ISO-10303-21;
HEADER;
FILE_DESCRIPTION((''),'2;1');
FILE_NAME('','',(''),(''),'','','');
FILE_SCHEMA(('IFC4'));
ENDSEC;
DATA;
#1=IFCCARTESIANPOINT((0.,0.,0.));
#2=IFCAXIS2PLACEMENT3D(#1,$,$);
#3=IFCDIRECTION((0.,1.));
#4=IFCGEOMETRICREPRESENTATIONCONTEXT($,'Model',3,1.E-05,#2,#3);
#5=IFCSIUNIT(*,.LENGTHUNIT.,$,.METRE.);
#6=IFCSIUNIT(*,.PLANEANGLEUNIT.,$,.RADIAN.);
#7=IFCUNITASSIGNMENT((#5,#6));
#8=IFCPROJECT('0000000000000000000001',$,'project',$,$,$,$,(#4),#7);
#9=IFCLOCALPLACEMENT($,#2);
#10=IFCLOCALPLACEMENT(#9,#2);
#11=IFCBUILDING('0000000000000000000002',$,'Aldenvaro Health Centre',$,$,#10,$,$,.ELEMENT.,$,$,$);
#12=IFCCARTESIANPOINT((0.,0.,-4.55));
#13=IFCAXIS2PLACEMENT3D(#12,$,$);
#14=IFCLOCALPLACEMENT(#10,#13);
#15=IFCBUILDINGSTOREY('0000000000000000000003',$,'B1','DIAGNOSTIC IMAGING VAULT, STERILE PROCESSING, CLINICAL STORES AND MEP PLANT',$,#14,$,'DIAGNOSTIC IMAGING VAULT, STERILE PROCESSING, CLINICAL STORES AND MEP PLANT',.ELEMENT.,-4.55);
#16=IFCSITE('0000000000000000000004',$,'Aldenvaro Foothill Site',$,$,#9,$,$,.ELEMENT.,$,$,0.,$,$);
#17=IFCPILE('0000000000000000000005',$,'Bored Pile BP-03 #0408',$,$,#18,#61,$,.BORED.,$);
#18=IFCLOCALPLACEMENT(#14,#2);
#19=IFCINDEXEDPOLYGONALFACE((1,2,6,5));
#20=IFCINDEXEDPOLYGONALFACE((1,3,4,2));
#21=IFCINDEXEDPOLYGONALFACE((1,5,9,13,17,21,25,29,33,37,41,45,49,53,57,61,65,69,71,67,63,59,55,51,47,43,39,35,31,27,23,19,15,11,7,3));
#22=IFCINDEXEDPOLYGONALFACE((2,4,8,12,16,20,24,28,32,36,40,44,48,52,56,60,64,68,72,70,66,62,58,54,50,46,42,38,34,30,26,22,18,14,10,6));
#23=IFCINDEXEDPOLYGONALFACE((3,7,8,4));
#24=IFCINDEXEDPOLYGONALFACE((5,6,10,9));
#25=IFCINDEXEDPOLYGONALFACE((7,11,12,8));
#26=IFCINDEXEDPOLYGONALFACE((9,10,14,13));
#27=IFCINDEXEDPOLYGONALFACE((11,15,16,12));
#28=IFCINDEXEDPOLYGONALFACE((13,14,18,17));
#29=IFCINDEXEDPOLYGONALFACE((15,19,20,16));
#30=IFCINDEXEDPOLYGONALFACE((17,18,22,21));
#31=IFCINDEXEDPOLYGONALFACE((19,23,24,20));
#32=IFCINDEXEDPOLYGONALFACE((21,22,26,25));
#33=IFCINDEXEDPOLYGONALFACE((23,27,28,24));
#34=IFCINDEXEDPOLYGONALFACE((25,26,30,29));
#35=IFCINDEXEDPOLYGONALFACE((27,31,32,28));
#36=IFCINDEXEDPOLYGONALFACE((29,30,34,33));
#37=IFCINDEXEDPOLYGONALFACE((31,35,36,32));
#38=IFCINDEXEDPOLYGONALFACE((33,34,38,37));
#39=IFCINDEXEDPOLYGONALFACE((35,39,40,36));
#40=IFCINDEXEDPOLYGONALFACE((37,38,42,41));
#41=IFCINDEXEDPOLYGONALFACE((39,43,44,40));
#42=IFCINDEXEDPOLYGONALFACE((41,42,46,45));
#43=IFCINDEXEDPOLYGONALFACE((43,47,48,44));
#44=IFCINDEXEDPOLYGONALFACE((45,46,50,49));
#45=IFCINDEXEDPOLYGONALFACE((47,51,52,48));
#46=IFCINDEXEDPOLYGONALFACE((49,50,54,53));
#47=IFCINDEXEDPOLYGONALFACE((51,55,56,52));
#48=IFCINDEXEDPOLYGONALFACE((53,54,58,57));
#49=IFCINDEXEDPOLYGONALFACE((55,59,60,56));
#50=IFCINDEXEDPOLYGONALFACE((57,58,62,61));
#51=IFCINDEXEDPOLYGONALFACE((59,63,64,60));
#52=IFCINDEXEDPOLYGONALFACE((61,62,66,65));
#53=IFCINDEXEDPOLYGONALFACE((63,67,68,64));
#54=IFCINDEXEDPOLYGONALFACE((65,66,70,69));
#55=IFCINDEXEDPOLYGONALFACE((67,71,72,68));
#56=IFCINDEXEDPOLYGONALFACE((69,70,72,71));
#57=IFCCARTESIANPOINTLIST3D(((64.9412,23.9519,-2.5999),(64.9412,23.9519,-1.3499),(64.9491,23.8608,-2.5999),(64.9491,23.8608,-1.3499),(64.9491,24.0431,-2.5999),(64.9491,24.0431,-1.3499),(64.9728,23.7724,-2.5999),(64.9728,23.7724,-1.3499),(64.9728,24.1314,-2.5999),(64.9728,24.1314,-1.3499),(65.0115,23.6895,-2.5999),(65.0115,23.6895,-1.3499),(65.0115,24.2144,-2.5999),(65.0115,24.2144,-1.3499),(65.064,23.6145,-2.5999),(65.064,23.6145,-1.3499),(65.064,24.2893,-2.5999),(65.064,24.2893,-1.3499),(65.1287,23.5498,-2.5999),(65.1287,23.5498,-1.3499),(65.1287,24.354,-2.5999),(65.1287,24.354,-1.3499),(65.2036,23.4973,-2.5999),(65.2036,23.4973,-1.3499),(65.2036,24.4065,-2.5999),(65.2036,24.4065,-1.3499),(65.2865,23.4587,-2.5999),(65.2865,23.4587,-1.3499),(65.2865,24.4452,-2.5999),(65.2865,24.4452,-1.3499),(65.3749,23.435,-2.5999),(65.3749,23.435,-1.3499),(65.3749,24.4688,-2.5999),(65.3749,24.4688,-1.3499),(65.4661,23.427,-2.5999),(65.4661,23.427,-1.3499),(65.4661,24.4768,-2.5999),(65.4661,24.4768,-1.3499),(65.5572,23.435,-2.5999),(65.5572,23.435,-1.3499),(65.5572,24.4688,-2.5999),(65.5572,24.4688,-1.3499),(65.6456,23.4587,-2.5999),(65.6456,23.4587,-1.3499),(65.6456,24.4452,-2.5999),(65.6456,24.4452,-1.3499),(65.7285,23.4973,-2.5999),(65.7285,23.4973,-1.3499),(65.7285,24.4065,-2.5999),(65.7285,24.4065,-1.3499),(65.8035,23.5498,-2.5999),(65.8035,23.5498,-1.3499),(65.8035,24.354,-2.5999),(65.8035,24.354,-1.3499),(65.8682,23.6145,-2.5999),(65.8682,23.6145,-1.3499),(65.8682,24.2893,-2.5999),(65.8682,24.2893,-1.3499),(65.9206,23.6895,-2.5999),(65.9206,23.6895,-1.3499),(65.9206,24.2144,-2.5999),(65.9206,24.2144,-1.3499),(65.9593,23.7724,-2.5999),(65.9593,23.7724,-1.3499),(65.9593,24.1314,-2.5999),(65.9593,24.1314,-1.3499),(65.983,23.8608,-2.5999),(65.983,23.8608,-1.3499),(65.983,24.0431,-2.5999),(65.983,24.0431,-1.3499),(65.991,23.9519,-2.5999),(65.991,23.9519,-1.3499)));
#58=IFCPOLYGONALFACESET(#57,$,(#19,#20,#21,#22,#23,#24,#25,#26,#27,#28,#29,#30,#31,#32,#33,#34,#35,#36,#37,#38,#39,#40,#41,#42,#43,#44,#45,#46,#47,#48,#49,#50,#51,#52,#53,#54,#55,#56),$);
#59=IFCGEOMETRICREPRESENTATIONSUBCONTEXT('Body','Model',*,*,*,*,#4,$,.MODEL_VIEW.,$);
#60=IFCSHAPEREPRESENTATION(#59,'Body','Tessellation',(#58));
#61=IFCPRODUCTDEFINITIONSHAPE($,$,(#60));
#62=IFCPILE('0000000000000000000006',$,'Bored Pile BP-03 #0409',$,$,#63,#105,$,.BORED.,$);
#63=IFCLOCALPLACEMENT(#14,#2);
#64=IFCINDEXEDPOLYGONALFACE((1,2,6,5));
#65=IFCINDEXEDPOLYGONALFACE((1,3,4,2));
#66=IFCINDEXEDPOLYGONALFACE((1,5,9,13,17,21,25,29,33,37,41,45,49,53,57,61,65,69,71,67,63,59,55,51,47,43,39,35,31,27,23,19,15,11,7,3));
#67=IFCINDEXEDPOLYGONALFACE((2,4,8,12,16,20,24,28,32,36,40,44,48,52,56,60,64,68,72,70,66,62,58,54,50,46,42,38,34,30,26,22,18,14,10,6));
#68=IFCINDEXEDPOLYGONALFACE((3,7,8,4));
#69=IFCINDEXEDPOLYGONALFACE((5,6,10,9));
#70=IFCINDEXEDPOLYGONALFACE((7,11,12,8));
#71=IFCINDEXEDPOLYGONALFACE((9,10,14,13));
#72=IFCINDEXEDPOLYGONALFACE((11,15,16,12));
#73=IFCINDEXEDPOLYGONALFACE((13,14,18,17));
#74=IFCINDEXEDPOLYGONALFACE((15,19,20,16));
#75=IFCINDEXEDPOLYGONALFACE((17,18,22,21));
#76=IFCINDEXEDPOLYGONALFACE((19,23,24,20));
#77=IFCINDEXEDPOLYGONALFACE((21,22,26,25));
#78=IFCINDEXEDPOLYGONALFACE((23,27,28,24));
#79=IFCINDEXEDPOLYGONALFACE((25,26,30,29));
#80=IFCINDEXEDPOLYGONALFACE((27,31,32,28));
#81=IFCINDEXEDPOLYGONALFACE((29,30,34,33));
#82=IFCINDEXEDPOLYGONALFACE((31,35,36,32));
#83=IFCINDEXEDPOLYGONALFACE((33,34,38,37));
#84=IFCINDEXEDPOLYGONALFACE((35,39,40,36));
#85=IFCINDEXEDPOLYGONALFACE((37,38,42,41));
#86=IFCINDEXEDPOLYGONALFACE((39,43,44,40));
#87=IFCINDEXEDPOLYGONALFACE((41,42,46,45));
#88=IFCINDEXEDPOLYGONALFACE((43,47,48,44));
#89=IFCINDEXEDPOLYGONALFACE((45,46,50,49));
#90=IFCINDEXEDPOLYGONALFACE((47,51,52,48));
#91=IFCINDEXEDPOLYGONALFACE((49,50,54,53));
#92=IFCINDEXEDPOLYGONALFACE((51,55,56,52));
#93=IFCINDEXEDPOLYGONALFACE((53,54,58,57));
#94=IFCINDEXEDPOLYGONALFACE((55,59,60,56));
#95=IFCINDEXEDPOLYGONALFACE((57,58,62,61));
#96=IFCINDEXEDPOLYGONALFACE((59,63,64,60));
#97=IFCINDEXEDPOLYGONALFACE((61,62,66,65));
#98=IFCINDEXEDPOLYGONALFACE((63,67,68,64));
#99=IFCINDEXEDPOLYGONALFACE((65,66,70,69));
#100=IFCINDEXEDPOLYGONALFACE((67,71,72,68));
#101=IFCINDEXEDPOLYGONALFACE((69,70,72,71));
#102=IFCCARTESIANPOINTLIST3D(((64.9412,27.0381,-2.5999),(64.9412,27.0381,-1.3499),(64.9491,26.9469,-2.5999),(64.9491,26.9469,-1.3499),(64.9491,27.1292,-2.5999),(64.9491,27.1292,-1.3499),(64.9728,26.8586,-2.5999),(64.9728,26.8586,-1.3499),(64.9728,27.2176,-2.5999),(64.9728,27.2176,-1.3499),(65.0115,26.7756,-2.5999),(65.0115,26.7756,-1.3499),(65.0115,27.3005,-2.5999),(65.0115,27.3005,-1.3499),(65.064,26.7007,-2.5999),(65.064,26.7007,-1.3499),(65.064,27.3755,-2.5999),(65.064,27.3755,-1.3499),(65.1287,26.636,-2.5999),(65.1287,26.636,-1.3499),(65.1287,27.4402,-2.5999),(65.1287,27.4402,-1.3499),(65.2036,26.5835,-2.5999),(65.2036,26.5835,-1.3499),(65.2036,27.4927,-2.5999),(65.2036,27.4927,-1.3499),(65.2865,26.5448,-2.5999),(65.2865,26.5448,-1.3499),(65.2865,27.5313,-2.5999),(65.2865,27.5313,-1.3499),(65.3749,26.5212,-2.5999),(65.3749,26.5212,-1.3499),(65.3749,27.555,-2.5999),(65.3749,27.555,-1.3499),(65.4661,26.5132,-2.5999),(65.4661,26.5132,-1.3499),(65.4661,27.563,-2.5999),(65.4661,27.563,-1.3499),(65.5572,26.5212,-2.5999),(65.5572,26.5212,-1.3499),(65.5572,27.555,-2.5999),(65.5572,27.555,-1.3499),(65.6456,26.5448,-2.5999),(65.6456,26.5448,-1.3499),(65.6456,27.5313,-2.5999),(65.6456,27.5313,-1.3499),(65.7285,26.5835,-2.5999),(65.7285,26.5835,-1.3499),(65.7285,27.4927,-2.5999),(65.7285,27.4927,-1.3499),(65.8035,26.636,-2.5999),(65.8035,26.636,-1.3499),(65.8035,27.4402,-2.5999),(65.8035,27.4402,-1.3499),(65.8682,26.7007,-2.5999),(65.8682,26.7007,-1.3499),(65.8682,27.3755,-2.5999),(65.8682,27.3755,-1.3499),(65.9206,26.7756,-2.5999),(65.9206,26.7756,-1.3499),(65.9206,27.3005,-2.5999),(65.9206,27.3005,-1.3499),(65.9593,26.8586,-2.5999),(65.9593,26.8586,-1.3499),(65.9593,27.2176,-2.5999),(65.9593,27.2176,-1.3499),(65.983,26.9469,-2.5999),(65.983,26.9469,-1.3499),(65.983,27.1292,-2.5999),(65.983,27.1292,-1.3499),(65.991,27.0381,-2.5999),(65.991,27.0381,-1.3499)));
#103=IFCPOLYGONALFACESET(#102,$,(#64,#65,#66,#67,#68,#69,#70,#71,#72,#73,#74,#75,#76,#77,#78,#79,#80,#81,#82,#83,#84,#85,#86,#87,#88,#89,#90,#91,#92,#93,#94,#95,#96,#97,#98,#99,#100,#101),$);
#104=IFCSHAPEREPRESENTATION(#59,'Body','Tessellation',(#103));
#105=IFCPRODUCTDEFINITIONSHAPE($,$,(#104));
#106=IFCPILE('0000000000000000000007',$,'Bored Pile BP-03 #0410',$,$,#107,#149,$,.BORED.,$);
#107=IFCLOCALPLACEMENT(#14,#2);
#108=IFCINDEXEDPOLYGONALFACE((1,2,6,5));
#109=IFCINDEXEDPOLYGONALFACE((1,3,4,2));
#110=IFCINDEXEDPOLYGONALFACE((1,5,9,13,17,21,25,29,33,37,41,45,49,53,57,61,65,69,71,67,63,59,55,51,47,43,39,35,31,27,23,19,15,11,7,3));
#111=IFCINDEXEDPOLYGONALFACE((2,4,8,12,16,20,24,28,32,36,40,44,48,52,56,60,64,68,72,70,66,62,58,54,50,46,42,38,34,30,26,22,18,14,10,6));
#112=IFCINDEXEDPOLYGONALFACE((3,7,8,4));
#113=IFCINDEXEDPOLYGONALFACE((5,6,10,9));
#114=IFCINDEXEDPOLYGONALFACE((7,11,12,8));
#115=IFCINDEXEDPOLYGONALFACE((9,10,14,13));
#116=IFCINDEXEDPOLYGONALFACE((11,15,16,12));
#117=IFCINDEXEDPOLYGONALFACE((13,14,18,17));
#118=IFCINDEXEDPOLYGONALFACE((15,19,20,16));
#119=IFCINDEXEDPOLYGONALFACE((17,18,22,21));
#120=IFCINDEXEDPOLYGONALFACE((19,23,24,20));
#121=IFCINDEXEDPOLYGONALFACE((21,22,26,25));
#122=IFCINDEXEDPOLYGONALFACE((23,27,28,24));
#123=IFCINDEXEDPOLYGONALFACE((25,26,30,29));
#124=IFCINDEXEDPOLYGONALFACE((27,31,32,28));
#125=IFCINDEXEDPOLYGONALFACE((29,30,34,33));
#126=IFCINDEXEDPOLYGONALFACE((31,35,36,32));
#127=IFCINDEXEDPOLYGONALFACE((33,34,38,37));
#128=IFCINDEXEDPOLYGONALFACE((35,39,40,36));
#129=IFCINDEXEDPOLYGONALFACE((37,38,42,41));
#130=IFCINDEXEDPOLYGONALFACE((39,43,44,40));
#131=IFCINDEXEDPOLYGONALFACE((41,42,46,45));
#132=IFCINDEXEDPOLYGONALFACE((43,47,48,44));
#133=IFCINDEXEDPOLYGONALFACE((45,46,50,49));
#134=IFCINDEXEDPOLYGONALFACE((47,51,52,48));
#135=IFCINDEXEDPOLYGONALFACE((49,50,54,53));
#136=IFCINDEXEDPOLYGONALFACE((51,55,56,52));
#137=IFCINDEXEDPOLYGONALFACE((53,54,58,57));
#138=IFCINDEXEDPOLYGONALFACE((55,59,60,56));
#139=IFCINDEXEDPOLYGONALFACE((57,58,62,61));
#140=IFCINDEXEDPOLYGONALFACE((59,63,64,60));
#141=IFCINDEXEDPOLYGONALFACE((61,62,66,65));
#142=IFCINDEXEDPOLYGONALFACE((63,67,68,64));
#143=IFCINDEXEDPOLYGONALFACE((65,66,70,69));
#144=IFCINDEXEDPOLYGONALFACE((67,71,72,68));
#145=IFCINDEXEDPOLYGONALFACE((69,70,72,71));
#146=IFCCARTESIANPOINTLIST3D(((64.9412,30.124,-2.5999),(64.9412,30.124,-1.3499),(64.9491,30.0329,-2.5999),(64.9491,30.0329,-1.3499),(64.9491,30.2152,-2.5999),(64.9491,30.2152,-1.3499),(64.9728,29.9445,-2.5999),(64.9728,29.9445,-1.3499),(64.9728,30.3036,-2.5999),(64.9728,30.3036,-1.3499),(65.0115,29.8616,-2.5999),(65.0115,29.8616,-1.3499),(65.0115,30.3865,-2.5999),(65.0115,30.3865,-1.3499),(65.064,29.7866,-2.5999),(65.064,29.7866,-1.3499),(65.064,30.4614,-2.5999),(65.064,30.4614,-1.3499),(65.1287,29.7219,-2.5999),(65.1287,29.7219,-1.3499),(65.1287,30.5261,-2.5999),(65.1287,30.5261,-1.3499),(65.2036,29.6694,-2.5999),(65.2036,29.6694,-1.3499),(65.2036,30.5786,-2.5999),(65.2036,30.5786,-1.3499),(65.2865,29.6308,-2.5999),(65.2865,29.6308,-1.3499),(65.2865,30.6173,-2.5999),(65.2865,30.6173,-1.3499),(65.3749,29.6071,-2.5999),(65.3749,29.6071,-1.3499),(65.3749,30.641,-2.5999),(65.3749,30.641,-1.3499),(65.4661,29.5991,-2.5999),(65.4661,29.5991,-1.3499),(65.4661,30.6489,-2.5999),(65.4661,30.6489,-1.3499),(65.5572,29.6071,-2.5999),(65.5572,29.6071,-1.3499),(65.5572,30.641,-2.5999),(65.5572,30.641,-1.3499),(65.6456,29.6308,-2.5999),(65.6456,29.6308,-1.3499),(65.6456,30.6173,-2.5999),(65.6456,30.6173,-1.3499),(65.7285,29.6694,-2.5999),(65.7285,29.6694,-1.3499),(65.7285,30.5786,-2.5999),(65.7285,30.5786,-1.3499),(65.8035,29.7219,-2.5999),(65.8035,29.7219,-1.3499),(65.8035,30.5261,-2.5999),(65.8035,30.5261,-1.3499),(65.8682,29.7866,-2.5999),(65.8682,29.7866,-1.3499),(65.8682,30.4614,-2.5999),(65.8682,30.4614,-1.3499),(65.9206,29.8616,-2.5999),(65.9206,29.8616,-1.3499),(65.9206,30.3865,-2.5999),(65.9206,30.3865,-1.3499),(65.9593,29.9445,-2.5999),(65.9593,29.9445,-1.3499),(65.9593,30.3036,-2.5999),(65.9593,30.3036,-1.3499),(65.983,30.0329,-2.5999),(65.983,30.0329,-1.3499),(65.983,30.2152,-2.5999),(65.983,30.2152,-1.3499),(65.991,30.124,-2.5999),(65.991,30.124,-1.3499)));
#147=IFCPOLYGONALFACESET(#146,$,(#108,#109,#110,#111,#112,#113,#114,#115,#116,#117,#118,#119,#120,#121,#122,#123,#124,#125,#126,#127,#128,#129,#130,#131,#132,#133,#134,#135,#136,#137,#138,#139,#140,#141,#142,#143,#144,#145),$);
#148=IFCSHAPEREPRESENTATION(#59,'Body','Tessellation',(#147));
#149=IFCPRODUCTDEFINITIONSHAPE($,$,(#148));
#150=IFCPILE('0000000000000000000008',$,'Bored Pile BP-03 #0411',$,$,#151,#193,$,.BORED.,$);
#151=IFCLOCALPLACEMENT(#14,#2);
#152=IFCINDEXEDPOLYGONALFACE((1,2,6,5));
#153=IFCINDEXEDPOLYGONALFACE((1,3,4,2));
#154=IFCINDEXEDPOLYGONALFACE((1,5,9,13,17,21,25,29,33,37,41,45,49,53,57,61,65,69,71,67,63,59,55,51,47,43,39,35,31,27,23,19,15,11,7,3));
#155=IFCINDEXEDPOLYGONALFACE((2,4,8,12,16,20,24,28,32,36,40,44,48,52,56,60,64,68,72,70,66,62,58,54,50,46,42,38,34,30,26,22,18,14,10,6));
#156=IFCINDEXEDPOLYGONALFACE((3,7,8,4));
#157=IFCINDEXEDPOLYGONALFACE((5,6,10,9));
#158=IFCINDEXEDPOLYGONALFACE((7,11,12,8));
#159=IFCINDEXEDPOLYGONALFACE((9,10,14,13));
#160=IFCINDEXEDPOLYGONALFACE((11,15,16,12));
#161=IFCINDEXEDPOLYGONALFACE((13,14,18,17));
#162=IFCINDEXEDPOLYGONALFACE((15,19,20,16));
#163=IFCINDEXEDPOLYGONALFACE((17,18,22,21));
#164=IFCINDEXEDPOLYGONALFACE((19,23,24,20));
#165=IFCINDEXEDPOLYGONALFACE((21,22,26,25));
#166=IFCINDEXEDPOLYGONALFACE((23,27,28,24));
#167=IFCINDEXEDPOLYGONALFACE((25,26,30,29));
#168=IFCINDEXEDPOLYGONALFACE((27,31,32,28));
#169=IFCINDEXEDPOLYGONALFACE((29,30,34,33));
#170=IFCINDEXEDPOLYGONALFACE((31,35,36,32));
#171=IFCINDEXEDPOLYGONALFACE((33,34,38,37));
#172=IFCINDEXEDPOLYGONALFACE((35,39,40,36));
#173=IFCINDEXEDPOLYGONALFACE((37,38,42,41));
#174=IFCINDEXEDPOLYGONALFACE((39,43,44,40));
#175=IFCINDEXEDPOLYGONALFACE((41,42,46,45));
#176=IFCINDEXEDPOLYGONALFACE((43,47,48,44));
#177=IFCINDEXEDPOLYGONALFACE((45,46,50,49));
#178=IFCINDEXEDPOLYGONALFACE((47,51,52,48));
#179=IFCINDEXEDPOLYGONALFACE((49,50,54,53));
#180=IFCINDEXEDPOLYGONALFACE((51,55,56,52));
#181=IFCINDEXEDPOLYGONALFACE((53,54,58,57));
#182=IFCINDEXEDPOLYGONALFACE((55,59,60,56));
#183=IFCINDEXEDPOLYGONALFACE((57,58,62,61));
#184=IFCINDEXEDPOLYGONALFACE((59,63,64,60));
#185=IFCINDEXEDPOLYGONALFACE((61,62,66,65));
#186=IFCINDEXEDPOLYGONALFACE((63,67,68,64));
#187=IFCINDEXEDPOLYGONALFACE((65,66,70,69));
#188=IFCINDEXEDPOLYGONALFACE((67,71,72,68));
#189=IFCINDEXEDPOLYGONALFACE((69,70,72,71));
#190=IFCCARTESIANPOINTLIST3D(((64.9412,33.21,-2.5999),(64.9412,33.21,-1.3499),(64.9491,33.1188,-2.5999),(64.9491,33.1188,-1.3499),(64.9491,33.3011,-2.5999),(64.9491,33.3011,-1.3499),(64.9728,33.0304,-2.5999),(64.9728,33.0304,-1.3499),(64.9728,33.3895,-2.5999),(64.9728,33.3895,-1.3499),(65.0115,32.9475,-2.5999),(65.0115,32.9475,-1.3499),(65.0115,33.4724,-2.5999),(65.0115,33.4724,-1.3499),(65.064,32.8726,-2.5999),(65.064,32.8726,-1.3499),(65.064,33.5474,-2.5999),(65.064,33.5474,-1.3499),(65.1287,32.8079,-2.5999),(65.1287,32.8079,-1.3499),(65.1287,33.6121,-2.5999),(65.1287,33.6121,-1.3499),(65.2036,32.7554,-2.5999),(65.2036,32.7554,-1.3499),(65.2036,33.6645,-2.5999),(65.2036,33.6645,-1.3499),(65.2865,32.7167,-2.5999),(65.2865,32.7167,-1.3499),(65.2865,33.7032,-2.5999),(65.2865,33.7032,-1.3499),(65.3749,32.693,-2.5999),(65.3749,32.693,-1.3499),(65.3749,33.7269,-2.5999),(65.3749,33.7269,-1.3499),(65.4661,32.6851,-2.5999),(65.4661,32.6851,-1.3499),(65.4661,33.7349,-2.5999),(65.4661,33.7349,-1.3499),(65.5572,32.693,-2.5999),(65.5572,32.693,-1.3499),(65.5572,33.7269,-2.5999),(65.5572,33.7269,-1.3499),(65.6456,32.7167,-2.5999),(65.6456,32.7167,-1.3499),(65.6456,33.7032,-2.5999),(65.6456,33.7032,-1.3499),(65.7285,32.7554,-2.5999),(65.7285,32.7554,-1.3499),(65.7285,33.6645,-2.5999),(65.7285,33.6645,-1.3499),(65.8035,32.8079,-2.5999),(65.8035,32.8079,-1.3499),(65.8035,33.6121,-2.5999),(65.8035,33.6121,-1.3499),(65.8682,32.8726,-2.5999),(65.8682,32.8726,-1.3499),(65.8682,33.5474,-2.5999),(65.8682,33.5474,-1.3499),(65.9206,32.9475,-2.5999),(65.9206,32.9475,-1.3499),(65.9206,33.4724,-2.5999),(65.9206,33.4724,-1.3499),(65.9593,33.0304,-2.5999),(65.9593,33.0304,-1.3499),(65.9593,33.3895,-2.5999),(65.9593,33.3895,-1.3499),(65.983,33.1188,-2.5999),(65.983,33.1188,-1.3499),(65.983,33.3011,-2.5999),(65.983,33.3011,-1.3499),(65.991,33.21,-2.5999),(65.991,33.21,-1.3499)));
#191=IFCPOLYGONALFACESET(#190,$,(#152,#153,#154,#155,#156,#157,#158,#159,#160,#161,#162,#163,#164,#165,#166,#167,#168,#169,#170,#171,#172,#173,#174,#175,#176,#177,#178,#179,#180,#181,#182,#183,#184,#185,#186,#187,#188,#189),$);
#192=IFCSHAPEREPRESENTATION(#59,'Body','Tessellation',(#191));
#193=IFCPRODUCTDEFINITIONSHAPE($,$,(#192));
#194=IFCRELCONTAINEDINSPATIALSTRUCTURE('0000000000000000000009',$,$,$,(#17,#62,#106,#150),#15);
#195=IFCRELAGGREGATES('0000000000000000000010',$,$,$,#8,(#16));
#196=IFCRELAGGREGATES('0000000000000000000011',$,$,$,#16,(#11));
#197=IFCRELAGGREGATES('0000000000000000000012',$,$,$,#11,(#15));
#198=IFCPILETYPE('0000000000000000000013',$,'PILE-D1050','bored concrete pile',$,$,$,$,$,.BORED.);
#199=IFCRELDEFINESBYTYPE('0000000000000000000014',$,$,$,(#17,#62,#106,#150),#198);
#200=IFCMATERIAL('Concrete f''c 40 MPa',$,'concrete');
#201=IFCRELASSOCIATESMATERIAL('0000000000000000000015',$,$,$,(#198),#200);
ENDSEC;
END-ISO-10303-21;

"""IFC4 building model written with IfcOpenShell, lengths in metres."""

from ifc_helpers import new_model, si_unit, direction, frame, origin, origin_2d, place, context, subcontext, project, spatial, circle, extrude, material, material_profile, profile_set, type_object, element, save


model = new_model("IFC4")

# Units and contexts
model_context = context("Model", 3, precision=1e-05, world=origin(), true_north=direction((0.0, 1.0)))
body_context = subcontext(model_context, "Body", "Model", "MODEL_VIEW")
ifc_project = project(units=[si_unit("LENGTHUNIT", "METRE"), si_unit("PLANEANGLEUNIT", "RADIAN")], contexts=[model_context])

# Site, building, storey
site_placement = place(None, origin())
site = spatial("IfcSite", under=ifc_project, at=site_placement, Name="Aldenvaro Foothill Site", CompositionType="ELEMENT", RefElevation=0.0)
building_placement = place(site_placement, origin())
building = spatial("IfcBuilding", under=site, at=building_placement, Name="Aldenvaro Health Centre", CompositionType="ELEMENT")
storey_placement = place(building_placement, frame((0.0, 0.0, -4.55)))
storey = spatial("IfcBuildingStorey", under=building, at=storey_placement, Name="B1", Description="DIAGNOSTIC IMAGING VAULT, STERILE PROCESSING, CLINICAL STORES AND MEP PLANT", LongName="DIAGNOSTIC IMAGING VAULT, STERILE PROCESSING, CLINICAL STORES AND MEP PLANT", CompositionType="ELEMENT", Elevation=-4.55)

# Shared definitions
ifc_material = material(Name="Concrete f'c 40 MPa", Category="concrete")

# Piles
ifc_material_profile_1 = material_profile(ifc_material, circle(Radius=0.5249, at=origin_2d()), Name="PILE D1050", Category="concrete")
ifc_profile_set_1 = profile_set([ifc_material_profile_1], Name="Concrete f'c 40 MPa")
pile_type = type_object("IfcPileType", Name="PILE-D1050", Description="bored concrete pile", PredefinedType="BORED", material=ifc_profile_set_1)
for number, where, z_axis, x_axis, name in (
    (1, (65.4661, 23.9519, -1.3499), (0.0, 0.0, -1.0), (1.0, 0.0, 0.0), "Bored Pile BP-03 #0408"),
    (2, (65.4661, 27.0381, -1.3499), (0.0, 0.0, -1.0), (1.0, 0.0, 0.0), "Bored Pile BP-03 #0409"),
    (3, (65.4661, 30.124, -1.3499), (0.0, 0.0, -1.0), (1.0, 0.0, 0.0), "Bored Pile BP-03 #0410"),
    (4, (65.4661, 33.21, -1.3499), (0.0, 0.0, -1.0), (1.0, 0.0, 0.0), "Bored Pile BP-03 #0411"),
):
    element("IfcPile", number, at=place(storey_placement, frame(where, z_axis=z_axis, x_axis=x_axis)), inside=storey, type_object=pile_type, Name=name, PredefinedType="BORED", context=body_context, shape_type="SweptSolid", body=[
        extrude(circle(Radius=0.5249, at=origin_2d()), origin(), (0.0, 0.0, 1.0), 1.25),
    ])

save(model, "model.ifc")
